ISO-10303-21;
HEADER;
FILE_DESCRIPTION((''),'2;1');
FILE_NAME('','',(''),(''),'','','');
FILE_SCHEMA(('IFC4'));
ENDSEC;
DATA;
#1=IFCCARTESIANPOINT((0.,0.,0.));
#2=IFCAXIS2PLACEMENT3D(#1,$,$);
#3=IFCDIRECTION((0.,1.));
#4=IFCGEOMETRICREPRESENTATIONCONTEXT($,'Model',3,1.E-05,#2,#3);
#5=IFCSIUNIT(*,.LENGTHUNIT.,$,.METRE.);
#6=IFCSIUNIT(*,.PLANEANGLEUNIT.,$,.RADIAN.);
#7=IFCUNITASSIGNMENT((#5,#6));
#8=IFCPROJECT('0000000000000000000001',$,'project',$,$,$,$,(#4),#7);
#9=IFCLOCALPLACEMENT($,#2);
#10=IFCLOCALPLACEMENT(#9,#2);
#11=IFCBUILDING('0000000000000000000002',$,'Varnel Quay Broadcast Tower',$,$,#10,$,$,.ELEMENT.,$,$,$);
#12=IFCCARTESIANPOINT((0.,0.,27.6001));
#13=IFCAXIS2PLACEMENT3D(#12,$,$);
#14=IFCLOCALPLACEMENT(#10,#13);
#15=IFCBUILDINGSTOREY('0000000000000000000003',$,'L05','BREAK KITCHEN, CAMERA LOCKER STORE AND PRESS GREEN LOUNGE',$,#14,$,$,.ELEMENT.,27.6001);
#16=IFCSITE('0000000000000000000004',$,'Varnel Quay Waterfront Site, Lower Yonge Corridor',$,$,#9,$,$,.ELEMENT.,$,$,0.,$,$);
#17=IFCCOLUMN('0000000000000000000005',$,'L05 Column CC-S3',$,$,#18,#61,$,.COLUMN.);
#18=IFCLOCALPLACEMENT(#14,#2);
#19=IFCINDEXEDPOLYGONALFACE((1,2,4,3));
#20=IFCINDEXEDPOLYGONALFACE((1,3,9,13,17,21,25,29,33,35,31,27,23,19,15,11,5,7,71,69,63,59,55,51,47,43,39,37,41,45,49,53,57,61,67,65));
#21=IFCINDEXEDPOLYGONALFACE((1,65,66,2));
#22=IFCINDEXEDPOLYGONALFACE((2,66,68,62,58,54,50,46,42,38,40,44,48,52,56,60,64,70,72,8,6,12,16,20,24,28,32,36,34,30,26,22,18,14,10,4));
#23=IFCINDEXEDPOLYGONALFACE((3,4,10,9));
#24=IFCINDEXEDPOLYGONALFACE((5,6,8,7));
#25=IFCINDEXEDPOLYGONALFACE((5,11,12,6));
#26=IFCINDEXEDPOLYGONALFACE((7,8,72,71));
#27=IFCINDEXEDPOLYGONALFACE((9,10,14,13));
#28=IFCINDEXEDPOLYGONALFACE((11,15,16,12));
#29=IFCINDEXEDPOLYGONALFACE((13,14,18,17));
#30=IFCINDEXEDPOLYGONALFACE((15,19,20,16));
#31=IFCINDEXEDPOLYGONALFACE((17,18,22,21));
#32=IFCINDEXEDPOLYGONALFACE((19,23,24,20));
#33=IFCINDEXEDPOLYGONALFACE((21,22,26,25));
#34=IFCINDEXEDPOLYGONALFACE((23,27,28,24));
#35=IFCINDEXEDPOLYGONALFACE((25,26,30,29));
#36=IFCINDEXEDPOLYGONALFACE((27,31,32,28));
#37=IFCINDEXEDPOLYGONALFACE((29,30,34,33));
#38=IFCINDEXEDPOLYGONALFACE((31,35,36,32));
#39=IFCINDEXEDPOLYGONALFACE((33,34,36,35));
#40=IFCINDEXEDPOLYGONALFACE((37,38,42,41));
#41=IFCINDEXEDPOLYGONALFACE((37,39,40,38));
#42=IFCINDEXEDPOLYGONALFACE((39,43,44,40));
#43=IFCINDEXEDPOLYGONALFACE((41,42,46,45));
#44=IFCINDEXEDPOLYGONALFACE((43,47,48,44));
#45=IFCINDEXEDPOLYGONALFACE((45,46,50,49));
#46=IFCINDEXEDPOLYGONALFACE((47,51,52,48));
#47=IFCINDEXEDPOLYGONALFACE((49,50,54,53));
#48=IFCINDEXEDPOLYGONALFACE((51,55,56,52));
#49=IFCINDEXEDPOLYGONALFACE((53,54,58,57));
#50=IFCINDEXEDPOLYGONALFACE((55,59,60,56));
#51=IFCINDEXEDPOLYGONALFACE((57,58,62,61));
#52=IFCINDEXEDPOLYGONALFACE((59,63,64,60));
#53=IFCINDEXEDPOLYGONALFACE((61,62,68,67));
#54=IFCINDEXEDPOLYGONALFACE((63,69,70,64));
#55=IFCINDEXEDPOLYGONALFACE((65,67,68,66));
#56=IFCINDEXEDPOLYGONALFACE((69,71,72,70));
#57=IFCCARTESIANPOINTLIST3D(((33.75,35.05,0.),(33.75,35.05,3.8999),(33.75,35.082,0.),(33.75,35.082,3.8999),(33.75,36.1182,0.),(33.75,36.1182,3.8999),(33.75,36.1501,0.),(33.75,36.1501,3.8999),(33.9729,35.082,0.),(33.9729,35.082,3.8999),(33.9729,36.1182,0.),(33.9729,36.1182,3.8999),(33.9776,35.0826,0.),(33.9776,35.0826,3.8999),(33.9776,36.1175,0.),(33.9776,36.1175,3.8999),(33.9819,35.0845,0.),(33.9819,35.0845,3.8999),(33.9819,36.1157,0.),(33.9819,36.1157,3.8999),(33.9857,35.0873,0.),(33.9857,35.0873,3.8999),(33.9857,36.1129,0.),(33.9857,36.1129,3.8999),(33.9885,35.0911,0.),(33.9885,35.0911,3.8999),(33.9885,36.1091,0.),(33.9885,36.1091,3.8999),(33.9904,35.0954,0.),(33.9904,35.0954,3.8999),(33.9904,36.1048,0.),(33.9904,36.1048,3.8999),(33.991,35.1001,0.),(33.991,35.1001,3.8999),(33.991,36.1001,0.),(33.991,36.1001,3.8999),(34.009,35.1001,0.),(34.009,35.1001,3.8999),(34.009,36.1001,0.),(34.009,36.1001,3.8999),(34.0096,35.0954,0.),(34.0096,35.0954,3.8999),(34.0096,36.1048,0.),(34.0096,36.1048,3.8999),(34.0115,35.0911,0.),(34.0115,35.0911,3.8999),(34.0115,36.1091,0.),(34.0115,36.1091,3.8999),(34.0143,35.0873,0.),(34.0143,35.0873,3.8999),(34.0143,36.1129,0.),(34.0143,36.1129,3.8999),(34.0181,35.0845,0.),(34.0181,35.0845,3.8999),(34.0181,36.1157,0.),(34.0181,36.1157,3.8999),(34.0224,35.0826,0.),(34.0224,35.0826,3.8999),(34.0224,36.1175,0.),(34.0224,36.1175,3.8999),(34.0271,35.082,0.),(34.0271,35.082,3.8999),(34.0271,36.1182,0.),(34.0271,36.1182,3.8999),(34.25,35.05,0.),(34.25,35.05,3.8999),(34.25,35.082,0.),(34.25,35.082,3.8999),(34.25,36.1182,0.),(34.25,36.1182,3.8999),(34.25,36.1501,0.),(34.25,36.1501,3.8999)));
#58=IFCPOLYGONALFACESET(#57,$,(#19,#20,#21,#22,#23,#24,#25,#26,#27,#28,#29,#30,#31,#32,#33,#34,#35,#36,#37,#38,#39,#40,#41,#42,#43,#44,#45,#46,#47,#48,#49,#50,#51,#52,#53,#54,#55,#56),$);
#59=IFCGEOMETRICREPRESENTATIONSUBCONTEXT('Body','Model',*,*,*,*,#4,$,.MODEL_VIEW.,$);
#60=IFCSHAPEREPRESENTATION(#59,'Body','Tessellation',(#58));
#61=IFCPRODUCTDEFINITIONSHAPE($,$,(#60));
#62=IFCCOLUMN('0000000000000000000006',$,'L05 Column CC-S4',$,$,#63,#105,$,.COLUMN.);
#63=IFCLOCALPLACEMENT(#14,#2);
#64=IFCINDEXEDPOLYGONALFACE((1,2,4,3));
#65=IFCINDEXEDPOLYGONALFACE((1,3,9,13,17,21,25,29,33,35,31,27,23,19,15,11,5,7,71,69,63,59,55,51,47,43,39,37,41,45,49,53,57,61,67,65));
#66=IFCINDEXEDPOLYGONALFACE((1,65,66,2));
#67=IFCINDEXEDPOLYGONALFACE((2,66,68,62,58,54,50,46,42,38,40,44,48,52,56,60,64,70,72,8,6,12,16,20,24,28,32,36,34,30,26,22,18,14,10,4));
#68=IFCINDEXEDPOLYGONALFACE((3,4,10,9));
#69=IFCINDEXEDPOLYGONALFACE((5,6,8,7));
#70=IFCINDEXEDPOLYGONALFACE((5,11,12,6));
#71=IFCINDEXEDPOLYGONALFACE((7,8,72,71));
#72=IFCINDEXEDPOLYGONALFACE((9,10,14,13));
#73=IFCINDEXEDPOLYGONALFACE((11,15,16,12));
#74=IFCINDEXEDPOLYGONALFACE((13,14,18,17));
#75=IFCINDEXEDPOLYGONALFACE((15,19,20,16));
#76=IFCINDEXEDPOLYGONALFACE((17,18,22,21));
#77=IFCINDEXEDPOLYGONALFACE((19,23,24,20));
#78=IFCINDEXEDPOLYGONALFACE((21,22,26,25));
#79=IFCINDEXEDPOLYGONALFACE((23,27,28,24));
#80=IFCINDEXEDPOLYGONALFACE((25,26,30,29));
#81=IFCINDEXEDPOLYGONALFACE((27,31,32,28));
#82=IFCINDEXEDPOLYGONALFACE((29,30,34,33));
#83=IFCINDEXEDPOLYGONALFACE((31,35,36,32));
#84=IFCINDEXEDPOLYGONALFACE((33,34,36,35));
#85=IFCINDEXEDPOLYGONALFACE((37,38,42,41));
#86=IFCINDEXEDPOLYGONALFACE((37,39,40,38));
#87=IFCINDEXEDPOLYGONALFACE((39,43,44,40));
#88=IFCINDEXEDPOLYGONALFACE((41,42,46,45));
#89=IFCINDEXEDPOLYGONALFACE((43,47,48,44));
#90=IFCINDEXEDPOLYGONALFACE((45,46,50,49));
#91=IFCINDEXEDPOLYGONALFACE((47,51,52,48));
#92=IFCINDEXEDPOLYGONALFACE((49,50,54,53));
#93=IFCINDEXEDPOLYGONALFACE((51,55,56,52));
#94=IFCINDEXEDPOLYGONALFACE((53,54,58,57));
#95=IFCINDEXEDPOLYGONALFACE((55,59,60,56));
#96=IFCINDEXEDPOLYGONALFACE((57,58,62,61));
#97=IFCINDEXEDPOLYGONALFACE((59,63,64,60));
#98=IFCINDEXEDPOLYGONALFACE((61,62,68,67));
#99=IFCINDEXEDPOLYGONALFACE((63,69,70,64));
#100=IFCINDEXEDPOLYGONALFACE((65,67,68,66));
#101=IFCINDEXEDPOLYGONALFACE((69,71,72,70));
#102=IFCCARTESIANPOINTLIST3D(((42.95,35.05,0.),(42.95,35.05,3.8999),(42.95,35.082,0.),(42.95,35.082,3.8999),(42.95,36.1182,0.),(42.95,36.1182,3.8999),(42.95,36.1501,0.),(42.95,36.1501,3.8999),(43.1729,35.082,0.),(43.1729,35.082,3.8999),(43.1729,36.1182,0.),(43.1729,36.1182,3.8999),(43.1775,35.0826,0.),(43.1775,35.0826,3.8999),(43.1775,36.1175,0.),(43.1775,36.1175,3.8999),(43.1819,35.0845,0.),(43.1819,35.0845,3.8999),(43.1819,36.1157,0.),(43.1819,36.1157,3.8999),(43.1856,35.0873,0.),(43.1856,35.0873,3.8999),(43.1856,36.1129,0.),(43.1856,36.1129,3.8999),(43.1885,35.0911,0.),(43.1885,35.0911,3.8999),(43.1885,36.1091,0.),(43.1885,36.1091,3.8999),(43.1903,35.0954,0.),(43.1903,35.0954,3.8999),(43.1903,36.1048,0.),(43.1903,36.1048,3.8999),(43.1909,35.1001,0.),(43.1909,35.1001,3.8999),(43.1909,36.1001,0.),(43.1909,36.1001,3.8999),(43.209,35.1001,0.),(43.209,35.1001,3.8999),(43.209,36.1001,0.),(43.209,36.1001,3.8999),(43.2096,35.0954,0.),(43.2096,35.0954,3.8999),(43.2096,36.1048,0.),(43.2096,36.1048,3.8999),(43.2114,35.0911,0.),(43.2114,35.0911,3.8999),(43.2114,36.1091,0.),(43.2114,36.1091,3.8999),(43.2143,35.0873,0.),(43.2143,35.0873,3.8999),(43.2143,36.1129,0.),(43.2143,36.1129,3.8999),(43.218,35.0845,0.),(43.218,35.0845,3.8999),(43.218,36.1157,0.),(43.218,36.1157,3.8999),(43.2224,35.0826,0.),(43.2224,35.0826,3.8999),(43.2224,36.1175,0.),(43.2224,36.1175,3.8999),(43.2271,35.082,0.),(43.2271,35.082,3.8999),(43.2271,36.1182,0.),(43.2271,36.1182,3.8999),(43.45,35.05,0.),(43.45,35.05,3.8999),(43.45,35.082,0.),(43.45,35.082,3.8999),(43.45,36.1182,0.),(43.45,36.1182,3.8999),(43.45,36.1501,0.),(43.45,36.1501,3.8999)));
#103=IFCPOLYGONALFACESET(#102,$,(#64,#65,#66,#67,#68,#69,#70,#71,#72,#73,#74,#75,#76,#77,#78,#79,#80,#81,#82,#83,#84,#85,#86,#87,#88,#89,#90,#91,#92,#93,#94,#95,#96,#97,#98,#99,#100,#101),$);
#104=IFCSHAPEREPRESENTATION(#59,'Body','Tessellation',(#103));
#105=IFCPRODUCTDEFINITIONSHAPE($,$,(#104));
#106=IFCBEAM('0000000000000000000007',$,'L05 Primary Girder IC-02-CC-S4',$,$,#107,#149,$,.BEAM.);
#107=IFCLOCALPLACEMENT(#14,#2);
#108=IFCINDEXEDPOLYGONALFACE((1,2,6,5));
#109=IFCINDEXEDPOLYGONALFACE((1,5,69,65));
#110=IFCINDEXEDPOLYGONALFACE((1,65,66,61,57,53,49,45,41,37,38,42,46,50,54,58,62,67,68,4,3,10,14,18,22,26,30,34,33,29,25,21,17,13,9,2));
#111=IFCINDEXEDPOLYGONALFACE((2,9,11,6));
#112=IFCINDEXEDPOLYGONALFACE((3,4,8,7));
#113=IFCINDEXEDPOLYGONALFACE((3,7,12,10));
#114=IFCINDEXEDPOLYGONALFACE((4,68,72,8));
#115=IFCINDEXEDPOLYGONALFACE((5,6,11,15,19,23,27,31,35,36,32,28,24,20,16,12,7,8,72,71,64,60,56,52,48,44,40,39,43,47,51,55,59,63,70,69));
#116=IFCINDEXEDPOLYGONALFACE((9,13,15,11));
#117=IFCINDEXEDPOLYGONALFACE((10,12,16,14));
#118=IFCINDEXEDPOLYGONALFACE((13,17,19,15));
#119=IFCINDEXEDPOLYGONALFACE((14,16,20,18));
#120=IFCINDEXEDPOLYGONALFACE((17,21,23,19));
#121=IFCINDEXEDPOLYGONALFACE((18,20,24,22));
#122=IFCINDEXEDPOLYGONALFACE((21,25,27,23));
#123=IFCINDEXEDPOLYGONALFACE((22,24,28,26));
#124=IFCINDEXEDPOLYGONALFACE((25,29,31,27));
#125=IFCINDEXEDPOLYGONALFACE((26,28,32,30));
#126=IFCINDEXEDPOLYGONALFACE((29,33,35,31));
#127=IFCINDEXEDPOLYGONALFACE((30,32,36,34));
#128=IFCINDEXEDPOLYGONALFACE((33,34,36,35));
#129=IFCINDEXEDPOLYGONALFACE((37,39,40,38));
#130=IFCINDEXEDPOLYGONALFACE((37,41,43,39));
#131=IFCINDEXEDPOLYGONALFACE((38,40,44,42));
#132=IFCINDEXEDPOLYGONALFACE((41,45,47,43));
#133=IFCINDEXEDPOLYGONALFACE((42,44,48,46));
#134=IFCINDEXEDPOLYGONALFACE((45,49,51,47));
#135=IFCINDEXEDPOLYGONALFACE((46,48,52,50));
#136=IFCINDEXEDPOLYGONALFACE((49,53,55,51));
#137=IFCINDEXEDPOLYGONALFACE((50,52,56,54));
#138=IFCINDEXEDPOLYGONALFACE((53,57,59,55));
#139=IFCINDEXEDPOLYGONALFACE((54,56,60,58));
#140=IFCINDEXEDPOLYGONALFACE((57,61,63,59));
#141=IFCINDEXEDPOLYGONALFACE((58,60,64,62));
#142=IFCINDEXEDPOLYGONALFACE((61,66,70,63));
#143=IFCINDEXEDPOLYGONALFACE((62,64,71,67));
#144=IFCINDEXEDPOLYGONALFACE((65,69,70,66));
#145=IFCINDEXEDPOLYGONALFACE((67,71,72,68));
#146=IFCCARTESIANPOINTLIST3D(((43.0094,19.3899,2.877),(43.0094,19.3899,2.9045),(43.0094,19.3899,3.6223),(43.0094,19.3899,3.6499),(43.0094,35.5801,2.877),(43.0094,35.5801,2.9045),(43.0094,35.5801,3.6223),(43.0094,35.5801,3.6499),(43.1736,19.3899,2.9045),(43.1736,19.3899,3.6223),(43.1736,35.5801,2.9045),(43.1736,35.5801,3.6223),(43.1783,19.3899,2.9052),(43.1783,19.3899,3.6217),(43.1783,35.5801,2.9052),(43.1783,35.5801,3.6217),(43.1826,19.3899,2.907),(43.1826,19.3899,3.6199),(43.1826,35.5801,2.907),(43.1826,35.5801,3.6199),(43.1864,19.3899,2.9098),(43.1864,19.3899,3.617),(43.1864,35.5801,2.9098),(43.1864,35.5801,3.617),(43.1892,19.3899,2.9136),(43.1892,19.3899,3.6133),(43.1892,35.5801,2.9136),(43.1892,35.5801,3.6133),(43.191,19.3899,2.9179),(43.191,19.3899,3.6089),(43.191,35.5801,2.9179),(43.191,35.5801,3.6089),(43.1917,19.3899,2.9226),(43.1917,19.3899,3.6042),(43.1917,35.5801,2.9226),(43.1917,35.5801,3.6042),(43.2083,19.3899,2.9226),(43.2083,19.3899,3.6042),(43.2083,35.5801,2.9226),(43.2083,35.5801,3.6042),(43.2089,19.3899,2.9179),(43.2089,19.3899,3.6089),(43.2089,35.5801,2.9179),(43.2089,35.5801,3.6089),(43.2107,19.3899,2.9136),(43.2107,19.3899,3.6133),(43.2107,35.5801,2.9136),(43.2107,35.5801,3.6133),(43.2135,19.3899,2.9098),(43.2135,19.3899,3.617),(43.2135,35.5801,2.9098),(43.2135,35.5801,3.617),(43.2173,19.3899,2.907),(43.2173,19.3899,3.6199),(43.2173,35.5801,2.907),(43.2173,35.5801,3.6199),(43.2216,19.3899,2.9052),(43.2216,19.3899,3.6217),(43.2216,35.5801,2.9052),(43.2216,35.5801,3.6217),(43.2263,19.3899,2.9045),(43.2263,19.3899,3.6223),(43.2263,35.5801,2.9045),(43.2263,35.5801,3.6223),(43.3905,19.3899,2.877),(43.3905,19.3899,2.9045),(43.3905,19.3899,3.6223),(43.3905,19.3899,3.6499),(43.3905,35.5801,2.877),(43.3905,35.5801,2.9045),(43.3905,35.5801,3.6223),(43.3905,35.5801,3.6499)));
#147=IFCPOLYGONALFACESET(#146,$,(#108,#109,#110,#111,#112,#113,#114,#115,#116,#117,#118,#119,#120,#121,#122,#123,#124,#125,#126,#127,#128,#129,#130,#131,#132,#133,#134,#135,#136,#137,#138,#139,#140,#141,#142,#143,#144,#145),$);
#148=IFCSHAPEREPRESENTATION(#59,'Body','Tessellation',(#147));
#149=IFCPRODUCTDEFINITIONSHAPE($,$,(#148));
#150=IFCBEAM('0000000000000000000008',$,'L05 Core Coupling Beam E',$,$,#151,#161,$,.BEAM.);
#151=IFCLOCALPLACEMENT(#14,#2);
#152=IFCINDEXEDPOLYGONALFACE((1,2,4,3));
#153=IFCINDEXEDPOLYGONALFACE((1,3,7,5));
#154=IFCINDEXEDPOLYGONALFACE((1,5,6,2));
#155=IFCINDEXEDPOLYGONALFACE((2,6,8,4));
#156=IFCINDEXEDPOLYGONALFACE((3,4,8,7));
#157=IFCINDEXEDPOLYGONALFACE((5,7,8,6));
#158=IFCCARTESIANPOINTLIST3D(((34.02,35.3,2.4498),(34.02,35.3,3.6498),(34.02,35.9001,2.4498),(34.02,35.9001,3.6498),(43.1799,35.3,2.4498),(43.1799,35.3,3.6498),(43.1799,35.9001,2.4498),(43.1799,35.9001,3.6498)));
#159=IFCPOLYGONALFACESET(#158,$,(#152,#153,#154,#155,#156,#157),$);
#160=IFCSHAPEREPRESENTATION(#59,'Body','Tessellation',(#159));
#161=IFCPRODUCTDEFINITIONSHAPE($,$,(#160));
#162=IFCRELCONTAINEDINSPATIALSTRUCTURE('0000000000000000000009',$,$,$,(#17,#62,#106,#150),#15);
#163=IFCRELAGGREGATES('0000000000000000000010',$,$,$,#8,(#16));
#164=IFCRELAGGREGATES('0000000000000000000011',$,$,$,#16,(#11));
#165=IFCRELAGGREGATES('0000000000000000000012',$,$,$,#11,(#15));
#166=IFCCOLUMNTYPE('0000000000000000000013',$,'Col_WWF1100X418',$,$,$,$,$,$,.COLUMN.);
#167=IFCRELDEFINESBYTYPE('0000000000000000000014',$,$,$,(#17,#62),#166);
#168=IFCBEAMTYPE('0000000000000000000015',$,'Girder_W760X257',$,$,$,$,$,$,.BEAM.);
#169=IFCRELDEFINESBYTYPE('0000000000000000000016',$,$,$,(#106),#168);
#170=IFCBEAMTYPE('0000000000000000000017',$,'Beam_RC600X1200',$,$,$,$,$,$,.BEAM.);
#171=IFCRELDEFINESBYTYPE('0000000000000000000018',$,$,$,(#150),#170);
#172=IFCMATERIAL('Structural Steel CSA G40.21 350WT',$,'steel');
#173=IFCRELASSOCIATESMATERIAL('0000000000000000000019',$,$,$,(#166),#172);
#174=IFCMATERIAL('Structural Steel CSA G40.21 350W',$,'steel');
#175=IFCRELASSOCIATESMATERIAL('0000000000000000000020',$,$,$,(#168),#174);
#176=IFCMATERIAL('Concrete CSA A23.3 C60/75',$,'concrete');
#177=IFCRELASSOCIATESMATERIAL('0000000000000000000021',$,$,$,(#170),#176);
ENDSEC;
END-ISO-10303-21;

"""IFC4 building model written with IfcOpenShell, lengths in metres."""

from ifc_helpers import new_model, si_unit, direction, frame, origin, origin_2d, place, context, subcontext, project, spatial, rectangle, i_section, extrude, source, transform, mapped, material, material_profile, profile_set, type_object, type_shapes, element, save


model = new_model("IFC4")

# Units and contexts
model_context = context("Model", 3, precision=1e-05, world=origin(), true_north=direction((0.0, 1.0)))
body_context = subcontext(model_context, "Body", "Model", "MODEL_VIEW")
ifc_project = project(units=[si_unit("LENGTHUNIT", "METRE"), si_unit("PLANEANGLEUNIT", "RADIAN")], contexts=[model_context])

# Site, building, storey
site_placement = place(None, origin())
site = spatial("IfcSite", under=ifc_project, at=site_placement, Name="Varnel Quay Waterfront Site, Lower Yonge Corridor", CompositionType="ELEMENT", RefElevation=0.0)
building_placement = place(site_placement, origin())
building = spatial("IfcBuilding", under=site, at=building_placement, Name="Varnel Quay Broadcast Tower", CompositionType="ELEMENT")
storey_placement = place(building_placement, frame((0.0, 0.0, 27.6001)))
storey = spatial("IfcBuildingStorey", under=building, at=storey_placement, Name="L05", Description="BREAK KITCHEN, CAMERA LOCKER STORE AND PRESS GREEN LOUNGE", CompositionType="ELEMENT", Elevation=27.6001)

# Columns
ifc_material_1 = material(Name="Structural Steel CSA G40.21 350WT", Category="steel")
ifc_material_profile_1 = material_profile(ifc_material_1, i_section(OverallWidth=0.5, OverallDepth=1.1001, WebThickness=0.0181, FlangeThickness=0.032, FilletRadius=0.0181, at=origin_2d()), Name="WWF1100X418")
ifc_profile_set_1 = profile_set([ifc_material_profile_1], Name="Structural Steel CSA G40.21 350WT")
column_type = type_object("IfcColumnType", Name="Col_WWF1100X418", PredefinedType="COLUMN", material=ifc_profile_set_1)
shared_shape_1 = source(origin(), body_context, "Body", "SweptSolid", [
    extrude(i_section(OverallWidth=0.5, OverallDepth=1.1001, WebThickness=0.0181, FlangeThickness=0.032, FilletRadius=0.0181, at=origin_2d()), origin(), (0.0, 0.0, 1.0), 3.8999),
])
type_shapes(column_type, [shared_shape_1])
for number, where, z_axis, x_axis, name in (
    (1, (34.0, 35.6001, 0.0), (0.0, 0.0, 1.0), (1.0, 0.0, 0.0), "L05 Column CC-S3"),
    (2, (43.2, 35.6001, 0.0), (0.0, 0.0, 1.0), (1.0, 0.0, 0.0), "L05 Column CC-S4"),
):
    element("IfcColumn", number, at=place(storey_placement, frame(where, z_axis=z_axis, x_axis=x_axis)), inside=storey, type_object=column_type, Name=name, PredefinedType="COLUMN", context=body_context, shape_type="MappedRepresentation", body=[
        mapped(shared_shape_1, transform((0.0, 0.0, 0.0), x_axis=(1.0, 0.0, 0.0), y_axis=(0.0, 1.0, 0.0), z_axis=(0.0, 0.0, 1.0), scale=1.0)),
    ])

# Beams
ifc_material_2 = material(Name="Structural Steel CSA G40.21 350W", Category="steel")
ifc_material_profile_2 = material_profile(ifc_material_2, i_section(OverallWidth=0.3811, OverallDepth=0.7729, WebThickness=0.0166, FlangeThickness=0.0276, FilletRadius=0.0181, at=origin_2d()), Name="W760X257")
ifc_profile_set_2 = profile_set([ifc_material_profile_2], Name="Structural Steel CSA G40.21 350W")
beam_type_1 = type_object("IfcBeamType", Name="Girder_W760X257", PredefinedType="BEAM", material=ifc_profile_set_2)
shared_shape_2 = source(origin(), body_context, "Body", "SweptSolid", [
    extrude(i_section(OverallWidth=0.3811, OverallDepth=0.7729, WebThickness=0.0166, FlangeThickness=0.0276, FilletRadius=0.0181, at=origin_2d()), origin(), (0.0, 0.0, 1.0), 16.1902),
])
type_shapes(beam_type_1, [shared_shape_2])
beam_1_placement = place(storey_placement, frame((43.2, 19.3899, 3.2634), z_axis=(0.0, 1.0, 0.0), x_axis=(-1.0, 0.0, 0.0)))
element("IfcBeam", 3, at=beam_1_placement, inside=storey, type_object=beam_type_1, Name="L05 Primary Girder IC-02-CC-S4", PredefinedType="BEAM", context=body_context, shape_type="MappedRepresentation", body=[
    mapped(shared_shape_2, transform((0.0, 0.0, 0.0), x_axis=(1.0, 0.0, 0.0), y_axis=(0.0, 1.0, 0.0), z_axis=(0.0, 0.0, 1.0), scale=1.0)),
])
ifc_material_3 = material(Name="Concrete CSA A23.3 C60/75", Category="concrete")
ifc_material_profile_3 = material_profile(ifc_material_3, rectangle(XDim=0.6001, YDim=1.2, at=origin_2d()), Name="RC600X1200")
ifc_profile_set_3 = profile_set([ifc_material_profile_3], Name="Concrete CSA A23.3 C60/75")
beam_type_2 = type_object("IfcBeamType", Name="Beam_RC600X1200", PredefinedType="BEAM", material=ifc_profile_set_3)
shared_shape_3 = source(origin(), body_context, "Body", "SweptSolid", [
    extrude(rectangle(XDim=0.6001, YDim=1.2, at=origin_2d()), origin(), (0.0, 0.0, 1.0), 9.1599),
])
type_shapes(beam_type_2, [shared_shape_3])
beam_2_placement = place(storey_placement, frame((34.02, 35.6001, 3.0498), z_axis=(1.0, 0.0, 0.0), x_axis=(0.0, 1.0, 0.0)))
element("IfcBeam", 4, at=beam_2_placement, inside=storey, type_object=beam_type_2, Name="L05 Core Coupling Beam E", PredefinedType="BEAM", context=body_context, shape_type="MappedRepresentation", body=[
    mapped(shared_shape_3, transform((0.0, 0.0, 0.0), x_axis=(1.0, 0.0, 0.0), y_axis=(0.0, 1.0, 0.0), z_axis=(0.0, 0.0, 1.0), scale=1.0)),
])

save(model, "model.ifc")
